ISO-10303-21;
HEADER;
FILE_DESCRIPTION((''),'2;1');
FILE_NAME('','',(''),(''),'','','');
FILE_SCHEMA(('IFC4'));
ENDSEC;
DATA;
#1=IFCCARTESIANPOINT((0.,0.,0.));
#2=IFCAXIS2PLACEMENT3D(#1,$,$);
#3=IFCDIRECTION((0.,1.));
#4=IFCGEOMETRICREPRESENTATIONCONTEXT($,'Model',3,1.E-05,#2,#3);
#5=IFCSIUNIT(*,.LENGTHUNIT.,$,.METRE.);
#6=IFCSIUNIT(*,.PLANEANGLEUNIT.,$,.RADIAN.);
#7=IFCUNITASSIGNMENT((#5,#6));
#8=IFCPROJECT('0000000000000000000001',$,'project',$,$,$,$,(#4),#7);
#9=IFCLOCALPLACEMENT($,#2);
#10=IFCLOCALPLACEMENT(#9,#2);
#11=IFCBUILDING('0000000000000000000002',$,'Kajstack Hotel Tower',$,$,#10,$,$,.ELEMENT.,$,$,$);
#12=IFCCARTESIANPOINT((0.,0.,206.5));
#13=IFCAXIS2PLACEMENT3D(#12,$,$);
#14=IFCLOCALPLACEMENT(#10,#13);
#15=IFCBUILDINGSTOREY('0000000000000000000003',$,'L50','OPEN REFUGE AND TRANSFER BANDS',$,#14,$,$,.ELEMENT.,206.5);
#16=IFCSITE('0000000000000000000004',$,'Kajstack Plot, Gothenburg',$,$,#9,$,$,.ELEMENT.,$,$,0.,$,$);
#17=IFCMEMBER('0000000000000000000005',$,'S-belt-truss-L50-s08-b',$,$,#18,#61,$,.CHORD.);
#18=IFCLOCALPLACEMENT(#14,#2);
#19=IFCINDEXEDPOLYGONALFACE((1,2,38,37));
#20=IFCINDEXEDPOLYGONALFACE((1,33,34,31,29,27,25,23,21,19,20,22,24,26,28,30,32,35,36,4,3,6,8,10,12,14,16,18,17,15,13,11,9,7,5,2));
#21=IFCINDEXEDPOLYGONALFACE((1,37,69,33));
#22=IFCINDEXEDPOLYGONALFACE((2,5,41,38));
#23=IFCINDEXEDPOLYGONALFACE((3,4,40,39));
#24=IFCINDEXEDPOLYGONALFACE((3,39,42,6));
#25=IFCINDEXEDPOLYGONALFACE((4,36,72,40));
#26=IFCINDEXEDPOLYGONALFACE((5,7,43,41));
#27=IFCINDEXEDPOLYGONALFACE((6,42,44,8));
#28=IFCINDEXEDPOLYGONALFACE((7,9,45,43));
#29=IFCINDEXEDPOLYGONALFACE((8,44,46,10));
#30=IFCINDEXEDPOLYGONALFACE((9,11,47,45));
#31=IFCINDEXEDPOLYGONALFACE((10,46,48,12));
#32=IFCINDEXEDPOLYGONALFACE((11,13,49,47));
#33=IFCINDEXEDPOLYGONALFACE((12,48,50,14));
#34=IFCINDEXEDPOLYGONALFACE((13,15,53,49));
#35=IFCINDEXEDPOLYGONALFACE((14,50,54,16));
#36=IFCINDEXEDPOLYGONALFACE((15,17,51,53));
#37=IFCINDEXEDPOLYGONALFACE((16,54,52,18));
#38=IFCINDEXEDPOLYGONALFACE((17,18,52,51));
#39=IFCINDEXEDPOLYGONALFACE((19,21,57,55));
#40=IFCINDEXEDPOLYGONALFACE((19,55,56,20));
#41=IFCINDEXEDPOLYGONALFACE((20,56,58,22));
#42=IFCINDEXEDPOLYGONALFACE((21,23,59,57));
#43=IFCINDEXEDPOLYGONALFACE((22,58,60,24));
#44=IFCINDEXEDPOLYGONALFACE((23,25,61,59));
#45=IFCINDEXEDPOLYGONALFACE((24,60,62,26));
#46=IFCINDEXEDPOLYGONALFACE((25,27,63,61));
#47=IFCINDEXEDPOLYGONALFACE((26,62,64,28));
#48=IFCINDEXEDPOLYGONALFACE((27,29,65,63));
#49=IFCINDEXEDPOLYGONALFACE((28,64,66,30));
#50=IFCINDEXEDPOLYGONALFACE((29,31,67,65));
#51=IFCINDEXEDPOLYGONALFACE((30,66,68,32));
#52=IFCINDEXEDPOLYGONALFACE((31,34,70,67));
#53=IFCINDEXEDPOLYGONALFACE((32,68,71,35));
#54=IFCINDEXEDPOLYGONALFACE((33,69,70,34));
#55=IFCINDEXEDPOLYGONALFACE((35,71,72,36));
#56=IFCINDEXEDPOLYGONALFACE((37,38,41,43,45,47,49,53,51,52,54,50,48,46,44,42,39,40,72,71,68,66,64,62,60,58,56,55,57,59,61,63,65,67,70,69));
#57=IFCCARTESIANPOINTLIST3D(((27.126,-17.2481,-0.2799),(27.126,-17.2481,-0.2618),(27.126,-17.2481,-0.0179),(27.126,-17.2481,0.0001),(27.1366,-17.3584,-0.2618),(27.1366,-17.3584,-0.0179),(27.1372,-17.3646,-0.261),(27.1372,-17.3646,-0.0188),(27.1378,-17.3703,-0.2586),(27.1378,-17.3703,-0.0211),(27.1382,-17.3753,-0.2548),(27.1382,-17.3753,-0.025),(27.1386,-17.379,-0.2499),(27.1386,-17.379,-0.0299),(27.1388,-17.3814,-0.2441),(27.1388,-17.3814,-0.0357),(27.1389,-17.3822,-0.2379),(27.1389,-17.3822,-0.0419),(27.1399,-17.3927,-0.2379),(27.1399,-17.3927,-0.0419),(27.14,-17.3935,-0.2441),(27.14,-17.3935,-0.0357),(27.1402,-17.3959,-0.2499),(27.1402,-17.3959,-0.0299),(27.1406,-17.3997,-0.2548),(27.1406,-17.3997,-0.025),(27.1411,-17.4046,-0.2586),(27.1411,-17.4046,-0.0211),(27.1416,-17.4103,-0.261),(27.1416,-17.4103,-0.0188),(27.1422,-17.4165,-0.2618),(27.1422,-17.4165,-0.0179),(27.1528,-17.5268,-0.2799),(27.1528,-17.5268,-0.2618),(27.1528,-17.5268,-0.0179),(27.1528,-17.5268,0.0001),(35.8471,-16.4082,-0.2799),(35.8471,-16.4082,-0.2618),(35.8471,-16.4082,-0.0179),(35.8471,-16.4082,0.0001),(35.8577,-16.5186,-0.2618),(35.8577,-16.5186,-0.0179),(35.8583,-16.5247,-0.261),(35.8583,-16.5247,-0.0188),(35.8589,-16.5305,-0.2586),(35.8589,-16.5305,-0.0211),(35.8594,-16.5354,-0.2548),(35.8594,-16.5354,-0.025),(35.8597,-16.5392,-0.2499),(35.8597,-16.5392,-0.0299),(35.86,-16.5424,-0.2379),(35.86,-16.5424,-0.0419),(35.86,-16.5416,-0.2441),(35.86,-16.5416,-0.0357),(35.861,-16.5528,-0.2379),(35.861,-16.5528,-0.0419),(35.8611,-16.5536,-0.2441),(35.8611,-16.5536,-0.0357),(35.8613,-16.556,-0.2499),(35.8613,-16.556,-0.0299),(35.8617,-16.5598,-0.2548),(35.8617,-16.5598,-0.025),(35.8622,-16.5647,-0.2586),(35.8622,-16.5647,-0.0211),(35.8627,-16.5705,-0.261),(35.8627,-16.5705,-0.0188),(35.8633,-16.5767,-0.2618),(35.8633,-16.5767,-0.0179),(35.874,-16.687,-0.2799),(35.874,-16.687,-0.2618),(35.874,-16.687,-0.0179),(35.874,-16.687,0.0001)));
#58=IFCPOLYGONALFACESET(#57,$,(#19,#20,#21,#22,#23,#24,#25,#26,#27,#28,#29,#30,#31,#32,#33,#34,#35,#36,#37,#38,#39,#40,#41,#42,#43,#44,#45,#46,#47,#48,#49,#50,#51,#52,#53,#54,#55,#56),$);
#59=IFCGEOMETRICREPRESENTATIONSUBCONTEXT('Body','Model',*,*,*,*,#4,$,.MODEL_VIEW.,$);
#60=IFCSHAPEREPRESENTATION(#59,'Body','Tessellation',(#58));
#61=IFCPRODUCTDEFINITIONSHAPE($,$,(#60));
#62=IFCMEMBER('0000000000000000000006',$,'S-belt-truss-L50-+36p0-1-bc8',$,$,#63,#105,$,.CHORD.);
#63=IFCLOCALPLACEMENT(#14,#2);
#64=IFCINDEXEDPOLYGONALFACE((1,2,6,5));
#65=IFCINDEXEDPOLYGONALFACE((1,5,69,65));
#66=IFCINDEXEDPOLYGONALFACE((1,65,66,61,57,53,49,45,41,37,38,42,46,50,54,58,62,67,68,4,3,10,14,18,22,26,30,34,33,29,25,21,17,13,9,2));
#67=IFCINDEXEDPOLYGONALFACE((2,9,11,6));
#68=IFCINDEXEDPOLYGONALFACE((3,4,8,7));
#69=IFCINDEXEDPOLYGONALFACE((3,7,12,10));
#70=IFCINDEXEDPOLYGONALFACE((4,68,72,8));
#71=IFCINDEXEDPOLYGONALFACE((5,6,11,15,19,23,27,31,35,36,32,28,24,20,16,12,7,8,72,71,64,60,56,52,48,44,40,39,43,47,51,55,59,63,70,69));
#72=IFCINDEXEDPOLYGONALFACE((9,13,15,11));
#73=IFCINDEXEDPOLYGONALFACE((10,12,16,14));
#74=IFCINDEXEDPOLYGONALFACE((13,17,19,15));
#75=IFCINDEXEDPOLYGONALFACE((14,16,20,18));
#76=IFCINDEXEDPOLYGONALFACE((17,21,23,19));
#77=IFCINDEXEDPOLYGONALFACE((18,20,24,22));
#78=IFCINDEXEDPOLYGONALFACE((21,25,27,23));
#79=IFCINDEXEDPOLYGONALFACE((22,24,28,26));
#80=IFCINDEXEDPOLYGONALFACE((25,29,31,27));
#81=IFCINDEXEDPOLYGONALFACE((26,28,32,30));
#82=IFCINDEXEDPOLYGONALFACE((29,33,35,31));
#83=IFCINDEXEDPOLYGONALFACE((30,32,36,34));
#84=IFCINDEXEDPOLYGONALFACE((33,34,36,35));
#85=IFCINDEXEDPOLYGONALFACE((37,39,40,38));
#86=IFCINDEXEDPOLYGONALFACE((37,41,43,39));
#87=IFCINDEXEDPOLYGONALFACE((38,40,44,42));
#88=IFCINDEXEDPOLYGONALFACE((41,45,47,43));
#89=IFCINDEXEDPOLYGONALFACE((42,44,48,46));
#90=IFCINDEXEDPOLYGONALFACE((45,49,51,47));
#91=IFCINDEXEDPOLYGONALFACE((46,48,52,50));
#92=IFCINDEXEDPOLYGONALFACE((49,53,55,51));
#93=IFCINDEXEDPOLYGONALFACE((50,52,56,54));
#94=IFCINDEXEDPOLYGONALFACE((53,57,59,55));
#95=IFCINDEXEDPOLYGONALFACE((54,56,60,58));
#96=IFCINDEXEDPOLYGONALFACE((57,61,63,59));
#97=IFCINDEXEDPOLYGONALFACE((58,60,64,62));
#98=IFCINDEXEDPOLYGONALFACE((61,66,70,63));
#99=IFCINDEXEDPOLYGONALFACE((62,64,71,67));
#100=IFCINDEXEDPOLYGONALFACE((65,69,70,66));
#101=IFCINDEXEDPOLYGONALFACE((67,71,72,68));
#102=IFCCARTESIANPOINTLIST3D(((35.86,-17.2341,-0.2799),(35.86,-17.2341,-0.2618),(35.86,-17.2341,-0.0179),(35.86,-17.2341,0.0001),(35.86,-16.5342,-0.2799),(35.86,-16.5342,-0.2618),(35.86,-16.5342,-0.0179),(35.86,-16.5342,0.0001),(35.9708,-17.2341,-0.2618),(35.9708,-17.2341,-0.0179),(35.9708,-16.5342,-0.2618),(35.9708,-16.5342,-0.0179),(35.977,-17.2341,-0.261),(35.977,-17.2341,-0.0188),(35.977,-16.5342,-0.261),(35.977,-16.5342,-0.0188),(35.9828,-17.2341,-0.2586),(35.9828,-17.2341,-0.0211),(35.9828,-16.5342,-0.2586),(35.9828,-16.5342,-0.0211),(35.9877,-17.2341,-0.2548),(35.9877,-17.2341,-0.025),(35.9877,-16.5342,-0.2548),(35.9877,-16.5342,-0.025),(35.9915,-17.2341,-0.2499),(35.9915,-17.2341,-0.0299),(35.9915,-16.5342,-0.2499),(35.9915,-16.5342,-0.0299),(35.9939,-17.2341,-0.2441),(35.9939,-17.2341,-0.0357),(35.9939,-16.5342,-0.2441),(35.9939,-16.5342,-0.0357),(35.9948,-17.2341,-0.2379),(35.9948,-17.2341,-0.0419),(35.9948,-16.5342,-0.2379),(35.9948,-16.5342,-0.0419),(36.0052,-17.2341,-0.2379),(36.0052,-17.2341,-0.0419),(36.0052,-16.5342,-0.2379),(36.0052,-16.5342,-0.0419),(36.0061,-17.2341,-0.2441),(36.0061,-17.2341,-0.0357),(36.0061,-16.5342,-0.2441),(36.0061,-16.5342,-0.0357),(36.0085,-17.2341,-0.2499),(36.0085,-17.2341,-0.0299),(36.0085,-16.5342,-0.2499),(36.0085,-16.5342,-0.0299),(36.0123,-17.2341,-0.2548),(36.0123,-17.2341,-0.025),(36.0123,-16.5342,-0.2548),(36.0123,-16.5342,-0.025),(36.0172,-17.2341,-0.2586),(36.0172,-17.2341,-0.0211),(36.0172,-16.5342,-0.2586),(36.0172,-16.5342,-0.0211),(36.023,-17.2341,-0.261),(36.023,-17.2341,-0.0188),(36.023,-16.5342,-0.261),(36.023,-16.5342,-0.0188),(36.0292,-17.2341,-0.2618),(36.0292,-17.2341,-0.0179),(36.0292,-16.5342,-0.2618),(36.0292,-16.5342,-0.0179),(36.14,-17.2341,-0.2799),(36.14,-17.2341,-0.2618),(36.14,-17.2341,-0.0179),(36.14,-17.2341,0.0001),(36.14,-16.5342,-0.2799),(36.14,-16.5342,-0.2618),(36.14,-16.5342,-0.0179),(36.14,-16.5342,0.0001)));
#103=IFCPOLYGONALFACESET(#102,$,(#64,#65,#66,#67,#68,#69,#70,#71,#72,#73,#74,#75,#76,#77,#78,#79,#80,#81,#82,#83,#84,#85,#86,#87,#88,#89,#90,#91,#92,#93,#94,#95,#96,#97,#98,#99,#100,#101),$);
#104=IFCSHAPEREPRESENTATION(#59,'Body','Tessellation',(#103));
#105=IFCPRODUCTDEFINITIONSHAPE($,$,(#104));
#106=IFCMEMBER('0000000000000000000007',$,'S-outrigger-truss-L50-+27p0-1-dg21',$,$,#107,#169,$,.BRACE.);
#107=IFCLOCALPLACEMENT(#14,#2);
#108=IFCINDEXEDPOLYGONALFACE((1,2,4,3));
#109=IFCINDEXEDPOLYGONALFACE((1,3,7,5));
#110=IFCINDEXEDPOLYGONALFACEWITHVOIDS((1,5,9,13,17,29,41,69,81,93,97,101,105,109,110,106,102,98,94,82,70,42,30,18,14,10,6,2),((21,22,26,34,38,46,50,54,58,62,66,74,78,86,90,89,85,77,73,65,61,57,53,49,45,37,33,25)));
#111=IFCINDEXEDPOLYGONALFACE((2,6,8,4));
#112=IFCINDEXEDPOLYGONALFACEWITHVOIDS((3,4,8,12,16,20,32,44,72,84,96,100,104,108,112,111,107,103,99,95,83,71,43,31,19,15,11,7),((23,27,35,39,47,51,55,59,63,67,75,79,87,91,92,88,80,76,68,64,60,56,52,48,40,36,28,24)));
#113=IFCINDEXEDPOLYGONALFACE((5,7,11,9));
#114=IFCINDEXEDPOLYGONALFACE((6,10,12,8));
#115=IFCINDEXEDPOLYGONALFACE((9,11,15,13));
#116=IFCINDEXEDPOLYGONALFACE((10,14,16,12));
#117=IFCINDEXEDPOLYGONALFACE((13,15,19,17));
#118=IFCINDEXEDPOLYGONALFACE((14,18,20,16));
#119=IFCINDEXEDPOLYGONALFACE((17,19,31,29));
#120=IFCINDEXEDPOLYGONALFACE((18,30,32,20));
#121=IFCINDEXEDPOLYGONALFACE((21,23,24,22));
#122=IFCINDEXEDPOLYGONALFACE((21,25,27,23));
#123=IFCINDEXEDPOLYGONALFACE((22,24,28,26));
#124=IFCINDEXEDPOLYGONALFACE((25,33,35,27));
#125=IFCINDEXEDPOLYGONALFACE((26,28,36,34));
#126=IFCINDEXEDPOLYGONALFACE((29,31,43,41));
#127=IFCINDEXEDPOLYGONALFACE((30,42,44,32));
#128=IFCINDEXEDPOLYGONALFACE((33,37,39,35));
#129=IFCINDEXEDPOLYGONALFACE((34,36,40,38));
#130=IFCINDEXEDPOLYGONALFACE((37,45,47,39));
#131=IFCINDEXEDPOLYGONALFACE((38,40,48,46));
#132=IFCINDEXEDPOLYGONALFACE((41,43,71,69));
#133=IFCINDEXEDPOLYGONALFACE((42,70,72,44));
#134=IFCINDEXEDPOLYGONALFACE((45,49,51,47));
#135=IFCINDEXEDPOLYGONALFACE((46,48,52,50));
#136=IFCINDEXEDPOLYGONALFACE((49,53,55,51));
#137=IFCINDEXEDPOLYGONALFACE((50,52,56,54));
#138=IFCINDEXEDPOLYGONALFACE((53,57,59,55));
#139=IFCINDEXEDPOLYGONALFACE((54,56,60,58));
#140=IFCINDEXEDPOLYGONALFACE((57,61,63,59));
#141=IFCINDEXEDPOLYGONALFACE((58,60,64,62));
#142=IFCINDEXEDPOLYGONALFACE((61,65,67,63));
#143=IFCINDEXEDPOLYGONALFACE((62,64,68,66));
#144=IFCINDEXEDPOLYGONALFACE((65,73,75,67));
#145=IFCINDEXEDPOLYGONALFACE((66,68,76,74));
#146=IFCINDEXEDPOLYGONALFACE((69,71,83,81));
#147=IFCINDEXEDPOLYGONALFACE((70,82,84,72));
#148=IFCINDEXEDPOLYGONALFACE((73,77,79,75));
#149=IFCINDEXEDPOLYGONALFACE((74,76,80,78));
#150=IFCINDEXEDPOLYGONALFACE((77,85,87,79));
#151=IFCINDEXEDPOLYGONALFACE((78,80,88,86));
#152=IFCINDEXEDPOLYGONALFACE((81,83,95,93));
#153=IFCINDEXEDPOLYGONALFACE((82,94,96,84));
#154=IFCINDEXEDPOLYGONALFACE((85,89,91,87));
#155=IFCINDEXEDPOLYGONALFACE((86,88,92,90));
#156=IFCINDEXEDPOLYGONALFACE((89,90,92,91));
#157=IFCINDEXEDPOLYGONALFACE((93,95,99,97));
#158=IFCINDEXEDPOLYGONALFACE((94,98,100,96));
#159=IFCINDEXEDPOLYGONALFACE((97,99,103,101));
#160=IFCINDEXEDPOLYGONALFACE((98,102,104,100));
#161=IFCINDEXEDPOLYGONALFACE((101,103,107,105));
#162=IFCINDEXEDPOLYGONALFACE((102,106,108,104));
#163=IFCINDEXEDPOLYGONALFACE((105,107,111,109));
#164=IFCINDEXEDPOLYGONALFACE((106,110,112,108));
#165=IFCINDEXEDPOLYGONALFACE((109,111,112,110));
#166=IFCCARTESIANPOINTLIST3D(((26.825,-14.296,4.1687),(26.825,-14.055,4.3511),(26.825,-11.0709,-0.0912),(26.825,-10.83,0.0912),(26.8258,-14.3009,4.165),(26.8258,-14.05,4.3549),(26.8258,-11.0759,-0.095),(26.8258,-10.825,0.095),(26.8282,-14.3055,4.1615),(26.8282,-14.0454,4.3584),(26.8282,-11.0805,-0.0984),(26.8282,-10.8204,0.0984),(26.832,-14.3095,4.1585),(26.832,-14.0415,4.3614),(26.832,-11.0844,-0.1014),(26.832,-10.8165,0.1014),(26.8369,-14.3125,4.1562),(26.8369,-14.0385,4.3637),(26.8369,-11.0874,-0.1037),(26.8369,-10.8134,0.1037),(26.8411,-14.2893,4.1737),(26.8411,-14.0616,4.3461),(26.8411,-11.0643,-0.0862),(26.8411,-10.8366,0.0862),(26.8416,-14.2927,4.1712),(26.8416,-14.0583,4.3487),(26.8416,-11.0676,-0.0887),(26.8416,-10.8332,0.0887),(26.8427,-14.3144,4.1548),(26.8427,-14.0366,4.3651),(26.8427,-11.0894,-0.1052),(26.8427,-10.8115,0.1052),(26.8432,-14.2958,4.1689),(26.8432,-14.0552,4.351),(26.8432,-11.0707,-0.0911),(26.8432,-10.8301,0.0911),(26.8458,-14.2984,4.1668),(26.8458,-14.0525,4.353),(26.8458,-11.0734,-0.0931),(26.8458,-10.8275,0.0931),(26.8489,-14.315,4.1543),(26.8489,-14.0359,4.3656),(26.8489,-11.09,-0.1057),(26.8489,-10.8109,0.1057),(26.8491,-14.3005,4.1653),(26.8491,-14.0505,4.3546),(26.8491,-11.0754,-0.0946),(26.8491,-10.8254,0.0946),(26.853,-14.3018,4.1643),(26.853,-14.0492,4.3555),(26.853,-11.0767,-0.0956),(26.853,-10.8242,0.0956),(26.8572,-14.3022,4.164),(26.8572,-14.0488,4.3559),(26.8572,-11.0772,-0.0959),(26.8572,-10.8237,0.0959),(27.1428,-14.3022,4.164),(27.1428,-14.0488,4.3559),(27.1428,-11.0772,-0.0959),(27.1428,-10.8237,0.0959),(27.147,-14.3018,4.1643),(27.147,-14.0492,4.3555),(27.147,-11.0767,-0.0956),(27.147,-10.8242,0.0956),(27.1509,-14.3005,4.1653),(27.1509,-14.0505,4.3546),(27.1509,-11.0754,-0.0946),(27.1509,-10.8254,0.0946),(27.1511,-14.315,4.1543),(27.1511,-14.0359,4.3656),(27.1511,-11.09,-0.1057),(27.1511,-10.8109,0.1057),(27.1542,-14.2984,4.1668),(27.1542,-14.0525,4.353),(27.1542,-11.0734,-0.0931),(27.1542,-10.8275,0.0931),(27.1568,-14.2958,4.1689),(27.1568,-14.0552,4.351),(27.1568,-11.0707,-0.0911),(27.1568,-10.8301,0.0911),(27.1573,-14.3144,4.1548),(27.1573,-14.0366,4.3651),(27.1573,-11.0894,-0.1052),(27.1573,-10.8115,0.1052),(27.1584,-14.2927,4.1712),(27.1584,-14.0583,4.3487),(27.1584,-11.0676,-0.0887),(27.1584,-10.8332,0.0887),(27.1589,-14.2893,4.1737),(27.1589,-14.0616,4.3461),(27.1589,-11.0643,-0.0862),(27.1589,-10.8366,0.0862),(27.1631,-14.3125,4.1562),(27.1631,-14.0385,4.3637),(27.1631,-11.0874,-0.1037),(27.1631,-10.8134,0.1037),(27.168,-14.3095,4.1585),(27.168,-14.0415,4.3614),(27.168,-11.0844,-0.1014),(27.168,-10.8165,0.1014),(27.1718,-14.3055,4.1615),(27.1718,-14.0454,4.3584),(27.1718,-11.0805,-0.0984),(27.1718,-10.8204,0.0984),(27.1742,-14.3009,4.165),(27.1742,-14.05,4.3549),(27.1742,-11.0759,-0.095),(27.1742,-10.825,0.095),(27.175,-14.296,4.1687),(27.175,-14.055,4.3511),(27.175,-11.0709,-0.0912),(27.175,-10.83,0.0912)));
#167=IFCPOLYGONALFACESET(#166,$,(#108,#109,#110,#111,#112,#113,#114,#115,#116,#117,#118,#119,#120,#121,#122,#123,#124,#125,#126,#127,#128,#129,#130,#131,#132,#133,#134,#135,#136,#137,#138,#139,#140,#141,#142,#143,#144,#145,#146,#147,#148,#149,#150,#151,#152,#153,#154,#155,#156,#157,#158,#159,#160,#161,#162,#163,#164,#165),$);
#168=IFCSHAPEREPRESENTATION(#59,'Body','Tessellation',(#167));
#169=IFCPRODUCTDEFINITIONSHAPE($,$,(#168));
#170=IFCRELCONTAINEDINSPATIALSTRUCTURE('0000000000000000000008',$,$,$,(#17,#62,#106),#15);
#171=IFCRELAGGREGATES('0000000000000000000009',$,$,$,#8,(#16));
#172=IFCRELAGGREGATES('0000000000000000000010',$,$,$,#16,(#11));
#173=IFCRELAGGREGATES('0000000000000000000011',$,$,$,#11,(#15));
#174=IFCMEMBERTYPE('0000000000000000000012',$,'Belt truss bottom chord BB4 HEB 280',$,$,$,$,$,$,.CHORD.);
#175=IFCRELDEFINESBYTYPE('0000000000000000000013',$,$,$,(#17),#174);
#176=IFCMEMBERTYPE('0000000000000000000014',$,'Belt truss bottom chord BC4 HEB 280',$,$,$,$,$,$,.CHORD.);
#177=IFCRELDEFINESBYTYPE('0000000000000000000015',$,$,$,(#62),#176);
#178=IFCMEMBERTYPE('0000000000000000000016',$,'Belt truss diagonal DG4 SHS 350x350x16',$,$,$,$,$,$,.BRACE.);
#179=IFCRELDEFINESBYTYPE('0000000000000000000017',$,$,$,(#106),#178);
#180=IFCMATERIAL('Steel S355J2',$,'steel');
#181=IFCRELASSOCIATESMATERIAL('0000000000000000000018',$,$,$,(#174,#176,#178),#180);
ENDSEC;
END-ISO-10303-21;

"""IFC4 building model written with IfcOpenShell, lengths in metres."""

from ifc_helpers import new_model, si_unit, direction, frame, origin, origin_2d, place, context, subcontext, project, spatial, hollow_rectangle, i_section, extrude, material, material_profile, profile_set, type_object, element, save


model = new_model("IFC4")

# Units and contexts
model_context = context("Model", 3, precision=1e-05, world=origin(), true_north=direction((0.0, 1.0)))
body_context = subcontext(model_context, "Body", "Model", "MODEL_VIEW")
ifc_project = project(units=[si_unit("LENGTHUNIT", "METRE"), si_unit("PLANEANGLEUNIT", "RADIAN")], contexts=[model_context])

# Site, building, storey
site_placement = place(None, origin())
site = spatial("IfcSite", under=ifc_project, at=site_placement, Name="Kajstack Plot, Gothenburg", CompositionType="ELEMENT", RefElevation=0.0)
building_placement = place(site_placement, origin())
building = spatial("IfcBuilding", under=site, at=building_placement, Name="Kajstack Hotel Tower", CompositionType="ELEMENT")
storey_placement = place(building_placement, frame((0.0, 0.0, 206.5)))
storey = spatial("IfcBuildingStorey", under=building, at=storey_placement, Name="L50", Description="OPEN REFUGE AND TRANSFER BANDS", CompositionType="ELEMENT", Elevation=206.5)

# Members
ifc_material_1 = material(Name="Steel S355J2", Category="steel")
ifc_material_profile_1 = material_profile(ifc_material_1, i_section(OverallWidth=0.28, OverallDepth=0.28, WebThickness=0.0105, FlangeThickness=0.0181, FilletRadius=0.0239, at=origin_2d()), Name="HEB 280")
ifc_profile_set_1 = profile_set([ifc_material_profile_1], Name="Steel S355J2")
member_type_1 = type_object("IfcMemberType", Name="Belt truss bottom chord BB4 HEB 280", PredefinedType="CHORD", material=ifc_profile_set_1)
member_1_placement = place(storey_placement, frame((27.1394, -17.3875, -0.1399), z_axis=(0.995395, 0.095856, 0.0), x_axis=(-0.095856, 0.995395, 0.0)))
element("IfcMember", 1, at=member_1_placement, inside=storey, type_object=member_type_1, Name="S-belt-truss-L50-s08-b", PredefinedType="CHORD", context=body_context, shape_type="SweptSolid", body=[
    extrude(i_section(OverallWidth=0.28, OverallDepth=0.28, WebThickness=0.0105, FlangeThickness=0.0181, FilletRadius=0.0239, at=origin_2d()), origin(), (0.0, 0.0, 1.0), 8.7615),
])
ifc_material_profile_2 = material_profile(ifc_material_1, i_section(OverallWidth=0.28, OverallDepth=0.28, WebThickness=0.0105, FlangeThickness=0.0181, FilletRadius=0.0239, at=origin_2d()), Name="HEB 280")
ifc_profile_set_2 = profile_set([ifc_material_profile_2], Name="Steel S355J2")
member_type_2 = type_object("IfcMemberType", Name="Belt truss bottom chord BC4 HEB 280", PredefinedType="CHORD", material=ifc_profile_set_2)
member_2_placement = place(storey_placement, frame((36.0, -17.2341, -0.1399), z_axis=(0.0, 1.0, 0.0), x_axis=(-1.0, 0.0, 0.0)))
element("IfcMember", 2, at=member_2_placement, inside=storey, type_object=member_type_2, Name="S-belt-truss-L50-+36p0-1-bc8", PredefinedType="CHORD", context=body_context, shape_type="SweptSolid", body=[
    extrude(i_section(OverallWidth=0.28, OverallDepth=0.28, WebThickness=0.0105, FlangeThickness=0.0181, FilletRadius=0.0239, at=origin_2d()), origin(), (0.0, 0.0, 1.0), 0.7),
])
ifc_material_profile_3 = material_profile(ifc_material_1, hollow_rectangle(XDim=0.3501, YDim=0.3501, WallThickness=0.0161, InnerFilletRadius=0.0161, OuterFilletRadius=0.0239, at=origin_2d()), Name="SHS 350x350x16")
ifc_profile_set_3 = profile_set([ifc_material_profile_3], Name="Steel S355J2")
member_type_3 = type_object("IfcMemberType", Name="Belt truss diagonal DG4 SHS 350x350x16", PredefinedType="BRACE", material=ifc_profile_set_3)
member_3_placement = place(storey_placement, frame((27.0, -10.9504, 0.0), z_axis=(0.0, -0.603598, 0.797289), x_axis=(1.0, 0.0, 0.0)))
element("IfcMember", 3, at=member_3_placement, inside=storey, type_object=member_type_3, Name="S-outrigger-truss-L50-+27p0-1-dg21", PredefinedType="BRACE", context=body_context, shape_type="SweptSolid", body=[
    extrude(hollow_rectangle(XDim=0.3501, YDim=0.3501, WallThickness=0.0161, InnerFilletRadius=0.0161, OuterFilletRadius=0.0239, at=origin_2d()), origin(), (0.0, 0.0, 1.0), 5.343),
])

save(model, "model.ifc")
